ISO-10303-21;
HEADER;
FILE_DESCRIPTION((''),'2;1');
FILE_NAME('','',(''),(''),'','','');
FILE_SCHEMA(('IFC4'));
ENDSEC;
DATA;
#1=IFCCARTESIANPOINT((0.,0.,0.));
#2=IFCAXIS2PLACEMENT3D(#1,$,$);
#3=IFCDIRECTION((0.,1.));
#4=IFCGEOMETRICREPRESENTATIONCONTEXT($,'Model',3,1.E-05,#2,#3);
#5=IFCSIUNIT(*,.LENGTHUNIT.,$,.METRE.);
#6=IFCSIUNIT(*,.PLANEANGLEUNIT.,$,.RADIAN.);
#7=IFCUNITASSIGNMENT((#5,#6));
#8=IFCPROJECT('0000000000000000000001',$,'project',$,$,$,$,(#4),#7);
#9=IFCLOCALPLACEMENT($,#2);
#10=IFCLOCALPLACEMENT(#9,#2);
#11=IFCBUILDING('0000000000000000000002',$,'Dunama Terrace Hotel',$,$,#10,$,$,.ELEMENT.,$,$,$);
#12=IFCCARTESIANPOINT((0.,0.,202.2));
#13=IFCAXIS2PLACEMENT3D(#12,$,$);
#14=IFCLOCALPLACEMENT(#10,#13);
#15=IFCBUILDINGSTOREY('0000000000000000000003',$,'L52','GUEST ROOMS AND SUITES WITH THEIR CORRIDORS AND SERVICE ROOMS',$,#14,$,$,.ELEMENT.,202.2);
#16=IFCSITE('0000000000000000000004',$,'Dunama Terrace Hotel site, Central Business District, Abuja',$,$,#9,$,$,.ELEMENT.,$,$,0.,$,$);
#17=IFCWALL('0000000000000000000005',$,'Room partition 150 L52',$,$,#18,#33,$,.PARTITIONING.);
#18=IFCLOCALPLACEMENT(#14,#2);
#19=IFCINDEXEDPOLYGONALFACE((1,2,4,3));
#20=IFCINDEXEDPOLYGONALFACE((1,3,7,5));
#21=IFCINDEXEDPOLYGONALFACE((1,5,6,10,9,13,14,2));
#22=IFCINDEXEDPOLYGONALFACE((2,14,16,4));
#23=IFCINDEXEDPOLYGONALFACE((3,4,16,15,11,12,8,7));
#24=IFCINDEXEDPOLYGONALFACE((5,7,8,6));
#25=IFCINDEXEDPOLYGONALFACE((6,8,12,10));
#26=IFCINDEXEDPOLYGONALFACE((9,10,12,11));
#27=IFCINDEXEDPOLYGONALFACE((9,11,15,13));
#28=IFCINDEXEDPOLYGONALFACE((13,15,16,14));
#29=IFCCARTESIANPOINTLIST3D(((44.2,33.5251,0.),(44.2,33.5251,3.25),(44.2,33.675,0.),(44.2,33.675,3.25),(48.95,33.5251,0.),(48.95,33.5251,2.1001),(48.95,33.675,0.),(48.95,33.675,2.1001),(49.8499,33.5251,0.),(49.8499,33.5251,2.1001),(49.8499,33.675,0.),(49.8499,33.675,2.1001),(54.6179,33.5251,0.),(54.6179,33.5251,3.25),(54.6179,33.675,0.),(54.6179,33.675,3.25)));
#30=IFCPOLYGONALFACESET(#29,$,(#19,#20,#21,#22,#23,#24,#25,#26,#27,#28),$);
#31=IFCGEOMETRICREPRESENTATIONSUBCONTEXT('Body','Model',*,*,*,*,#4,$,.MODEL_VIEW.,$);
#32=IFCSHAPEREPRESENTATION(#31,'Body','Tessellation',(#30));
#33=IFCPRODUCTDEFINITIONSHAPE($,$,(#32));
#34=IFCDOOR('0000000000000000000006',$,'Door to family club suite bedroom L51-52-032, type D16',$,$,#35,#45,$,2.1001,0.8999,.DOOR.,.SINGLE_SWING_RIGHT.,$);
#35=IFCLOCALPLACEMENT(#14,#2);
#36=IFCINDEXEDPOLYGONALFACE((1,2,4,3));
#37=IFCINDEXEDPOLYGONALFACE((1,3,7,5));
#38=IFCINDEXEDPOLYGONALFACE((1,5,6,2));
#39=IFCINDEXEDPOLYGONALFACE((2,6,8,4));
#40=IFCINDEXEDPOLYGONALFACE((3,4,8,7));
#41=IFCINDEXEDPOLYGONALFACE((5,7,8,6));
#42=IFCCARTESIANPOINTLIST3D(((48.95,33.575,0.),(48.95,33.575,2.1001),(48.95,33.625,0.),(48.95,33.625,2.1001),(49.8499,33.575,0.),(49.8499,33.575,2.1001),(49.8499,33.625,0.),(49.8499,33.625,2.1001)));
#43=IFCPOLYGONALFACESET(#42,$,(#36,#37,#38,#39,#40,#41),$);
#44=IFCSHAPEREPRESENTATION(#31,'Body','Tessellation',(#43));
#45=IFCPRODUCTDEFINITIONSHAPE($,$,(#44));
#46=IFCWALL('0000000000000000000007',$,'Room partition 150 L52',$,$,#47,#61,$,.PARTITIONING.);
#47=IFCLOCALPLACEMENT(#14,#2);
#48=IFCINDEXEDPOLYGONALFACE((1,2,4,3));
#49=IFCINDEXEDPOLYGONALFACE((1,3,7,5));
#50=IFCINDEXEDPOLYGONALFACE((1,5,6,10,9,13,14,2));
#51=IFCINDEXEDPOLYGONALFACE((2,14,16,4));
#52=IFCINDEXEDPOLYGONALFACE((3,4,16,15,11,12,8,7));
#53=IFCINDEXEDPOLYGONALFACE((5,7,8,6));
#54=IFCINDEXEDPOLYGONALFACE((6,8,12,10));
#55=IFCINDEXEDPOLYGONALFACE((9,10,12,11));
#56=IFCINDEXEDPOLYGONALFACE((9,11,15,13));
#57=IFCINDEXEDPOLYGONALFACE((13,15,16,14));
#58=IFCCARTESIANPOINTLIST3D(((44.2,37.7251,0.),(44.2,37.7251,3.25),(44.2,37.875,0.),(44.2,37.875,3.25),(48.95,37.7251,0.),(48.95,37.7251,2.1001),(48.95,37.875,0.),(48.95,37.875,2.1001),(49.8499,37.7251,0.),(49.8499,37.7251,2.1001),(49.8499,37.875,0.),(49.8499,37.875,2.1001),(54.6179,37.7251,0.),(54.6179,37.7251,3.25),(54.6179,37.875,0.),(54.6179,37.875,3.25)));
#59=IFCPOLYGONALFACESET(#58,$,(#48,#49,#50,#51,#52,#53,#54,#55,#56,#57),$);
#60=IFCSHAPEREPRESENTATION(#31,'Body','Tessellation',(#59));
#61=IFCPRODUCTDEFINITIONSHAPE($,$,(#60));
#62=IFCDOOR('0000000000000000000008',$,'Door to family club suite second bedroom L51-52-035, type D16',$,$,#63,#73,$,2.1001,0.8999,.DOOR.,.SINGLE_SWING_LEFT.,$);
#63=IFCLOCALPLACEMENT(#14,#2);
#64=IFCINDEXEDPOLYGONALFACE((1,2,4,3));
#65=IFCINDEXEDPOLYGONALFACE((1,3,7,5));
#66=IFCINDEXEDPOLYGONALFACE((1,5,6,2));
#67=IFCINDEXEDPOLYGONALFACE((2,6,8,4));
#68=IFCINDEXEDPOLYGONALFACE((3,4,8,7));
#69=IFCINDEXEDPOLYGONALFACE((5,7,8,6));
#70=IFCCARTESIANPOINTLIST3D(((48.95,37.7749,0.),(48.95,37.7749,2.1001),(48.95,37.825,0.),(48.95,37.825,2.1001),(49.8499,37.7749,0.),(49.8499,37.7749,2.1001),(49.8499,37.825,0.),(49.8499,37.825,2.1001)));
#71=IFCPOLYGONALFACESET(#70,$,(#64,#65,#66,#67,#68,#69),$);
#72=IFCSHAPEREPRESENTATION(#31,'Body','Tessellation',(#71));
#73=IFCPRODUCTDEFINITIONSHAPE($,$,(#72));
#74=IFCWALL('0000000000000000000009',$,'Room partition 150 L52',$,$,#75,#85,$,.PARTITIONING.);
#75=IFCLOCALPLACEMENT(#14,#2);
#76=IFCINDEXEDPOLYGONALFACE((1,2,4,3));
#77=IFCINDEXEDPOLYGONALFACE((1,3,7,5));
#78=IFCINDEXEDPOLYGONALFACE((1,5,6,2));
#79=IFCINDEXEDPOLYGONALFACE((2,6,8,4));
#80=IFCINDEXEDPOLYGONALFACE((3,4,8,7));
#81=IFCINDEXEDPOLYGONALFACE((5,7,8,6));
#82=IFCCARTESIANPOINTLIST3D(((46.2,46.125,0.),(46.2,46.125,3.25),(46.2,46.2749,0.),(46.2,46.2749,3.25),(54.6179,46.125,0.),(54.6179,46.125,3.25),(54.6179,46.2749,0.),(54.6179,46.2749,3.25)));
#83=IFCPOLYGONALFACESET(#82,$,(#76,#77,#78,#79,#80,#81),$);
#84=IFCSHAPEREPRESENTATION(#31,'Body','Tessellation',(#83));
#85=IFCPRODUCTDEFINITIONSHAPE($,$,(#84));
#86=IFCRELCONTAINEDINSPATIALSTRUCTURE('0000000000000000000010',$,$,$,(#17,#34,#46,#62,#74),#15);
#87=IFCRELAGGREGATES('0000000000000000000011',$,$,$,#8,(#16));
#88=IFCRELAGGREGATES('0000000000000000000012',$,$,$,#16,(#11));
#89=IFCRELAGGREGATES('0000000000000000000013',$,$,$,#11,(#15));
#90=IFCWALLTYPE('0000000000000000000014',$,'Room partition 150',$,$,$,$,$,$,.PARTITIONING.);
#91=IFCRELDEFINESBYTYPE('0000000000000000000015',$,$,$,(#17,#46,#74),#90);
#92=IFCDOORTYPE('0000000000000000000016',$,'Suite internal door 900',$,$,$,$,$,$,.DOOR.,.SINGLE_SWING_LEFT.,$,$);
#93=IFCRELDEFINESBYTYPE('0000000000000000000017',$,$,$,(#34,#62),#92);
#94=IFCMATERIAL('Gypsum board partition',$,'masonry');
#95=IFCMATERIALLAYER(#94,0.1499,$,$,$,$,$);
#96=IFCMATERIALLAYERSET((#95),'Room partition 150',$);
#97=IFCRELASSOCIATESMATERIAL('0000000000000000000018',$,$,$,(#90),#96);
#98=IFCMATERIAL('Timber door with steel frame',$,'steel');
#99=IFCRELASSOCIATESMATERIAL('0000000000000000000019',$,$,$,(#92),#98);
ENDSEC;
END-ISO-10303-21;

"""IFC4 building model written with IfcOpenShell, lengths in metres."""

from ifc_helpers import new_model, si_unit, direction, frame, frame_2d, origin, place, context, subcontext, project, spatial, rectangle, extrude, material, layer, layer_set, type_object, element, fill, save


model = new_model("IFC4")

# Units and contexts
model_context = context("Model", 3, precision=1e-05, world=origin(), true_north=direction((0.0, 1.0)))
body_context = subcontext(model_context, "Body", "Model", "MODEL_VIEW")
ifc_project = project(units=[si_unit("LENGTHUNIT", "METRE"), si_unit("PLANEANGLEUNIT", "RADIAN")], contexts=[model_context])

# Site, building, storey
site_placement = place(None, origin())
site = spatial("IfcSite", under=ifc_project, at=site_placement, Name="Dunama Terrace Hotel site, Central Business District, Abuja", CompositionType="ELEMENT", RefElevation=0.0)
building_placement = place(site_placement, origin())
building = spatial("IfcBuilding", under=site, at=building_placement, Name="Dunama Terrace Hotel", CompositionType="ELEMENT")
storey_placement = place(building_placement, frame((0.0, 0.0, 202.2)))
storey = spatial("IfcBuildingStorey", under=building, at=storey_placement, Name="L52", Description="GUEST ROOMS AND SUITES WITH THEIR CORRIDORS AND SERVICE ROOMS", CompositionType="ELEMENT", Elevation=202.2)

# Shared definitions
ifc_material_1 = material(Name="Gypsum board partition", Category="masonry")
ifc_layer_1 = layer(ifc_material_1, 0.1499)
ifc_layer_set_1 = layer_set([ifc_layer_1], Name="Room partition 150")
wall_type_1 = type_object("IfcWallType", Name="Room partition 150", PredefinedType="PARTITIONING", material=ifc_layer_set_1)
ifc_material_2 = material(Name="Timber door with steel frame", Category="steel")
door_type_1 = type_object("IfcDoorType", Name="Suite internal door 900", OperationType="SINGLE_SWING_LEFT", PredefinedType="DOOR", material=ifc_material_2)

# Walls, openings, doors
wall_1_placement = place(storey_placement, frame((44.2, 33.6001, 0.0), z_axis=(0.0, 0.0, 1.0), x_axis=(1.0, 0.0, 0.0)))
wall_1 = element("IfcWall", 1, at=wall_1_placement, inside=storey, type_object=wall_type_1, Name="Room partition 150 L52", PredefinedType="PARTITIONING", context=body_context, shape_type="SweptSolid", body=[
    extrude(rectangle(XDim=10.418, YDim=0.1499, at=frame_2d((5.209, 0.0))), origin(), (0.0, 0.0, 1.0), 3.25),
])
opening_1_placement = place(wall_1_placement, frame((4.75, 0.0, 0.0)))
opening_1 = element("IfcOpeningElement", 2, at=opening_1_placement, cuts=wall_1, PredefinedType="OPENING", context=body_context, shape_type="SweptSolid", body=[
    extrude(rectangle(XDim=0.8999, YDim=2.1001, at=frame_2d((0.45, 1.05))), frame((0.0, 0.085, 0.0), z_axis=(0.0, -1.0, 0.0), x_axis=(1.0, 0.0, 0.0)), (0.0, 0.0, 1.0), 0.1699),
])
door_1_placement = place(opening_1_placement, frame((0.8999, 0.0, 0.0), z_axis=(0.0, 0.0, 1.0), x_axis=(-1.0, 0.0, 0.0)))
door_1 = element("IfcDoor", 3, at=door_1_placement, inside=storey, type_object=door_type_1, Name="Door to family club suite bedroom L51-52-032, type D16", OperationType="SINGLE_SWING_RIGHT", OverallHeight=2.1001, OverallWidth=0.8999, PredefinedType="DOOR", context=body_context, shape_type="SweptSolid", body=[
    extrude(rectangle(XDim=0.8999, YDim=2.1001, at=frame_2d((0.45, 1.05))), frame((0.0, 0.0251, 0.0), z_axis=(0.0, -1.0, 0.0), x_axis=(1.0, 0.0, 0.0)), (0.0, 0.0, 1.0), 0.05),
])
fill(opening_1, door_1)
wall_2_placement = place(storey_placement, frame((44.2, 37.8, 0.0), z_axis=(0.0, 0.0, 1.0), x_axis=(1.0, 0.0, 0.0)))
wall_2 = element("IfcWall", 4, at=wall_2_placement, inside=storey, type_object=wall_type_1, Name="Room partition 150 L52", PredefinedType="PARTITIONING", context=body_context, shape_type="SweptSolid", body=[
    extrude(rectangle(XDim=10.418, YDim=0.1499, at=frame_2d((5.209, 0.0))), origin(), (0.0, 0.0, 1.0), 3.25),
])
opening_2_placement = place(wall_2_placement, frame((4.75, 0.0, 0.0)))
opening_2 = element("IfcOpeningElement", 5, at=opening_2_placement, cuts=wall_2, PredefinedType="OPENING", context=body_context, shape_type="SweptSolid", body=[
    extrude(rectangle(XDim=0.8999, YDim=2.1001, at=frame_2d((0.45, 1.05))), frame((0.0, 0.085, 0.0), z_axis=(0.0, -1.0, 0.0), x_axis=(1.0, 0.0, 0.0)), (0.0, 0.0, 1.0), 0.1699),
])
door_2_placement = place(opening_2_placement, origin())
door_2 = element("IfcDoor", 6, at=door_2_placement, inside=storey, type_object=door_type_1, Name="Door to family club suite second bedroom L51-52-035, type D16", OperationType="SINGLE_SWING_LEFT", OverallHeight=2.1001, OverallWidth=0.8999, PredefinedType="DOOR", context=body_context, shape_type="SweptSolid", body=[
    extrude(rectangle(XDim=0.8999, YDim=2.1001, at=frame_2d((0.45, 1.05))), frame((0.0, 0.0249, 0.0), z_axis=(0.0, -1.0, 0.0), x_axis=(1.0, 0.0, 0.0)), (0.0, 0.0, 1.0), 0.05),
])
fill(opening_2, door_2)

# Wall
wall_3_placement = place(storey_placement, frame((46.2, 46.2, 0.0), z_axis=(0.0, 0.0, 1.0), x_axis=(1.0, 0.0, 0.0)))
element("IfcWall", 7, at=wall_3_placement, inside=storey, type_object=wall_type_1, Name="Room partition 150 L52", PredefinedType="PARTITIONING", context=body_context, shape_type="SweptSolid", body=[
    extrude(rectangle(XDim=8.418, YDim=0.1499, at=frame_2d((4.209, 0.0))), origin(), (0.0, 0.0, 1.0), 3.25),
])

save(model, "model.ifc")
